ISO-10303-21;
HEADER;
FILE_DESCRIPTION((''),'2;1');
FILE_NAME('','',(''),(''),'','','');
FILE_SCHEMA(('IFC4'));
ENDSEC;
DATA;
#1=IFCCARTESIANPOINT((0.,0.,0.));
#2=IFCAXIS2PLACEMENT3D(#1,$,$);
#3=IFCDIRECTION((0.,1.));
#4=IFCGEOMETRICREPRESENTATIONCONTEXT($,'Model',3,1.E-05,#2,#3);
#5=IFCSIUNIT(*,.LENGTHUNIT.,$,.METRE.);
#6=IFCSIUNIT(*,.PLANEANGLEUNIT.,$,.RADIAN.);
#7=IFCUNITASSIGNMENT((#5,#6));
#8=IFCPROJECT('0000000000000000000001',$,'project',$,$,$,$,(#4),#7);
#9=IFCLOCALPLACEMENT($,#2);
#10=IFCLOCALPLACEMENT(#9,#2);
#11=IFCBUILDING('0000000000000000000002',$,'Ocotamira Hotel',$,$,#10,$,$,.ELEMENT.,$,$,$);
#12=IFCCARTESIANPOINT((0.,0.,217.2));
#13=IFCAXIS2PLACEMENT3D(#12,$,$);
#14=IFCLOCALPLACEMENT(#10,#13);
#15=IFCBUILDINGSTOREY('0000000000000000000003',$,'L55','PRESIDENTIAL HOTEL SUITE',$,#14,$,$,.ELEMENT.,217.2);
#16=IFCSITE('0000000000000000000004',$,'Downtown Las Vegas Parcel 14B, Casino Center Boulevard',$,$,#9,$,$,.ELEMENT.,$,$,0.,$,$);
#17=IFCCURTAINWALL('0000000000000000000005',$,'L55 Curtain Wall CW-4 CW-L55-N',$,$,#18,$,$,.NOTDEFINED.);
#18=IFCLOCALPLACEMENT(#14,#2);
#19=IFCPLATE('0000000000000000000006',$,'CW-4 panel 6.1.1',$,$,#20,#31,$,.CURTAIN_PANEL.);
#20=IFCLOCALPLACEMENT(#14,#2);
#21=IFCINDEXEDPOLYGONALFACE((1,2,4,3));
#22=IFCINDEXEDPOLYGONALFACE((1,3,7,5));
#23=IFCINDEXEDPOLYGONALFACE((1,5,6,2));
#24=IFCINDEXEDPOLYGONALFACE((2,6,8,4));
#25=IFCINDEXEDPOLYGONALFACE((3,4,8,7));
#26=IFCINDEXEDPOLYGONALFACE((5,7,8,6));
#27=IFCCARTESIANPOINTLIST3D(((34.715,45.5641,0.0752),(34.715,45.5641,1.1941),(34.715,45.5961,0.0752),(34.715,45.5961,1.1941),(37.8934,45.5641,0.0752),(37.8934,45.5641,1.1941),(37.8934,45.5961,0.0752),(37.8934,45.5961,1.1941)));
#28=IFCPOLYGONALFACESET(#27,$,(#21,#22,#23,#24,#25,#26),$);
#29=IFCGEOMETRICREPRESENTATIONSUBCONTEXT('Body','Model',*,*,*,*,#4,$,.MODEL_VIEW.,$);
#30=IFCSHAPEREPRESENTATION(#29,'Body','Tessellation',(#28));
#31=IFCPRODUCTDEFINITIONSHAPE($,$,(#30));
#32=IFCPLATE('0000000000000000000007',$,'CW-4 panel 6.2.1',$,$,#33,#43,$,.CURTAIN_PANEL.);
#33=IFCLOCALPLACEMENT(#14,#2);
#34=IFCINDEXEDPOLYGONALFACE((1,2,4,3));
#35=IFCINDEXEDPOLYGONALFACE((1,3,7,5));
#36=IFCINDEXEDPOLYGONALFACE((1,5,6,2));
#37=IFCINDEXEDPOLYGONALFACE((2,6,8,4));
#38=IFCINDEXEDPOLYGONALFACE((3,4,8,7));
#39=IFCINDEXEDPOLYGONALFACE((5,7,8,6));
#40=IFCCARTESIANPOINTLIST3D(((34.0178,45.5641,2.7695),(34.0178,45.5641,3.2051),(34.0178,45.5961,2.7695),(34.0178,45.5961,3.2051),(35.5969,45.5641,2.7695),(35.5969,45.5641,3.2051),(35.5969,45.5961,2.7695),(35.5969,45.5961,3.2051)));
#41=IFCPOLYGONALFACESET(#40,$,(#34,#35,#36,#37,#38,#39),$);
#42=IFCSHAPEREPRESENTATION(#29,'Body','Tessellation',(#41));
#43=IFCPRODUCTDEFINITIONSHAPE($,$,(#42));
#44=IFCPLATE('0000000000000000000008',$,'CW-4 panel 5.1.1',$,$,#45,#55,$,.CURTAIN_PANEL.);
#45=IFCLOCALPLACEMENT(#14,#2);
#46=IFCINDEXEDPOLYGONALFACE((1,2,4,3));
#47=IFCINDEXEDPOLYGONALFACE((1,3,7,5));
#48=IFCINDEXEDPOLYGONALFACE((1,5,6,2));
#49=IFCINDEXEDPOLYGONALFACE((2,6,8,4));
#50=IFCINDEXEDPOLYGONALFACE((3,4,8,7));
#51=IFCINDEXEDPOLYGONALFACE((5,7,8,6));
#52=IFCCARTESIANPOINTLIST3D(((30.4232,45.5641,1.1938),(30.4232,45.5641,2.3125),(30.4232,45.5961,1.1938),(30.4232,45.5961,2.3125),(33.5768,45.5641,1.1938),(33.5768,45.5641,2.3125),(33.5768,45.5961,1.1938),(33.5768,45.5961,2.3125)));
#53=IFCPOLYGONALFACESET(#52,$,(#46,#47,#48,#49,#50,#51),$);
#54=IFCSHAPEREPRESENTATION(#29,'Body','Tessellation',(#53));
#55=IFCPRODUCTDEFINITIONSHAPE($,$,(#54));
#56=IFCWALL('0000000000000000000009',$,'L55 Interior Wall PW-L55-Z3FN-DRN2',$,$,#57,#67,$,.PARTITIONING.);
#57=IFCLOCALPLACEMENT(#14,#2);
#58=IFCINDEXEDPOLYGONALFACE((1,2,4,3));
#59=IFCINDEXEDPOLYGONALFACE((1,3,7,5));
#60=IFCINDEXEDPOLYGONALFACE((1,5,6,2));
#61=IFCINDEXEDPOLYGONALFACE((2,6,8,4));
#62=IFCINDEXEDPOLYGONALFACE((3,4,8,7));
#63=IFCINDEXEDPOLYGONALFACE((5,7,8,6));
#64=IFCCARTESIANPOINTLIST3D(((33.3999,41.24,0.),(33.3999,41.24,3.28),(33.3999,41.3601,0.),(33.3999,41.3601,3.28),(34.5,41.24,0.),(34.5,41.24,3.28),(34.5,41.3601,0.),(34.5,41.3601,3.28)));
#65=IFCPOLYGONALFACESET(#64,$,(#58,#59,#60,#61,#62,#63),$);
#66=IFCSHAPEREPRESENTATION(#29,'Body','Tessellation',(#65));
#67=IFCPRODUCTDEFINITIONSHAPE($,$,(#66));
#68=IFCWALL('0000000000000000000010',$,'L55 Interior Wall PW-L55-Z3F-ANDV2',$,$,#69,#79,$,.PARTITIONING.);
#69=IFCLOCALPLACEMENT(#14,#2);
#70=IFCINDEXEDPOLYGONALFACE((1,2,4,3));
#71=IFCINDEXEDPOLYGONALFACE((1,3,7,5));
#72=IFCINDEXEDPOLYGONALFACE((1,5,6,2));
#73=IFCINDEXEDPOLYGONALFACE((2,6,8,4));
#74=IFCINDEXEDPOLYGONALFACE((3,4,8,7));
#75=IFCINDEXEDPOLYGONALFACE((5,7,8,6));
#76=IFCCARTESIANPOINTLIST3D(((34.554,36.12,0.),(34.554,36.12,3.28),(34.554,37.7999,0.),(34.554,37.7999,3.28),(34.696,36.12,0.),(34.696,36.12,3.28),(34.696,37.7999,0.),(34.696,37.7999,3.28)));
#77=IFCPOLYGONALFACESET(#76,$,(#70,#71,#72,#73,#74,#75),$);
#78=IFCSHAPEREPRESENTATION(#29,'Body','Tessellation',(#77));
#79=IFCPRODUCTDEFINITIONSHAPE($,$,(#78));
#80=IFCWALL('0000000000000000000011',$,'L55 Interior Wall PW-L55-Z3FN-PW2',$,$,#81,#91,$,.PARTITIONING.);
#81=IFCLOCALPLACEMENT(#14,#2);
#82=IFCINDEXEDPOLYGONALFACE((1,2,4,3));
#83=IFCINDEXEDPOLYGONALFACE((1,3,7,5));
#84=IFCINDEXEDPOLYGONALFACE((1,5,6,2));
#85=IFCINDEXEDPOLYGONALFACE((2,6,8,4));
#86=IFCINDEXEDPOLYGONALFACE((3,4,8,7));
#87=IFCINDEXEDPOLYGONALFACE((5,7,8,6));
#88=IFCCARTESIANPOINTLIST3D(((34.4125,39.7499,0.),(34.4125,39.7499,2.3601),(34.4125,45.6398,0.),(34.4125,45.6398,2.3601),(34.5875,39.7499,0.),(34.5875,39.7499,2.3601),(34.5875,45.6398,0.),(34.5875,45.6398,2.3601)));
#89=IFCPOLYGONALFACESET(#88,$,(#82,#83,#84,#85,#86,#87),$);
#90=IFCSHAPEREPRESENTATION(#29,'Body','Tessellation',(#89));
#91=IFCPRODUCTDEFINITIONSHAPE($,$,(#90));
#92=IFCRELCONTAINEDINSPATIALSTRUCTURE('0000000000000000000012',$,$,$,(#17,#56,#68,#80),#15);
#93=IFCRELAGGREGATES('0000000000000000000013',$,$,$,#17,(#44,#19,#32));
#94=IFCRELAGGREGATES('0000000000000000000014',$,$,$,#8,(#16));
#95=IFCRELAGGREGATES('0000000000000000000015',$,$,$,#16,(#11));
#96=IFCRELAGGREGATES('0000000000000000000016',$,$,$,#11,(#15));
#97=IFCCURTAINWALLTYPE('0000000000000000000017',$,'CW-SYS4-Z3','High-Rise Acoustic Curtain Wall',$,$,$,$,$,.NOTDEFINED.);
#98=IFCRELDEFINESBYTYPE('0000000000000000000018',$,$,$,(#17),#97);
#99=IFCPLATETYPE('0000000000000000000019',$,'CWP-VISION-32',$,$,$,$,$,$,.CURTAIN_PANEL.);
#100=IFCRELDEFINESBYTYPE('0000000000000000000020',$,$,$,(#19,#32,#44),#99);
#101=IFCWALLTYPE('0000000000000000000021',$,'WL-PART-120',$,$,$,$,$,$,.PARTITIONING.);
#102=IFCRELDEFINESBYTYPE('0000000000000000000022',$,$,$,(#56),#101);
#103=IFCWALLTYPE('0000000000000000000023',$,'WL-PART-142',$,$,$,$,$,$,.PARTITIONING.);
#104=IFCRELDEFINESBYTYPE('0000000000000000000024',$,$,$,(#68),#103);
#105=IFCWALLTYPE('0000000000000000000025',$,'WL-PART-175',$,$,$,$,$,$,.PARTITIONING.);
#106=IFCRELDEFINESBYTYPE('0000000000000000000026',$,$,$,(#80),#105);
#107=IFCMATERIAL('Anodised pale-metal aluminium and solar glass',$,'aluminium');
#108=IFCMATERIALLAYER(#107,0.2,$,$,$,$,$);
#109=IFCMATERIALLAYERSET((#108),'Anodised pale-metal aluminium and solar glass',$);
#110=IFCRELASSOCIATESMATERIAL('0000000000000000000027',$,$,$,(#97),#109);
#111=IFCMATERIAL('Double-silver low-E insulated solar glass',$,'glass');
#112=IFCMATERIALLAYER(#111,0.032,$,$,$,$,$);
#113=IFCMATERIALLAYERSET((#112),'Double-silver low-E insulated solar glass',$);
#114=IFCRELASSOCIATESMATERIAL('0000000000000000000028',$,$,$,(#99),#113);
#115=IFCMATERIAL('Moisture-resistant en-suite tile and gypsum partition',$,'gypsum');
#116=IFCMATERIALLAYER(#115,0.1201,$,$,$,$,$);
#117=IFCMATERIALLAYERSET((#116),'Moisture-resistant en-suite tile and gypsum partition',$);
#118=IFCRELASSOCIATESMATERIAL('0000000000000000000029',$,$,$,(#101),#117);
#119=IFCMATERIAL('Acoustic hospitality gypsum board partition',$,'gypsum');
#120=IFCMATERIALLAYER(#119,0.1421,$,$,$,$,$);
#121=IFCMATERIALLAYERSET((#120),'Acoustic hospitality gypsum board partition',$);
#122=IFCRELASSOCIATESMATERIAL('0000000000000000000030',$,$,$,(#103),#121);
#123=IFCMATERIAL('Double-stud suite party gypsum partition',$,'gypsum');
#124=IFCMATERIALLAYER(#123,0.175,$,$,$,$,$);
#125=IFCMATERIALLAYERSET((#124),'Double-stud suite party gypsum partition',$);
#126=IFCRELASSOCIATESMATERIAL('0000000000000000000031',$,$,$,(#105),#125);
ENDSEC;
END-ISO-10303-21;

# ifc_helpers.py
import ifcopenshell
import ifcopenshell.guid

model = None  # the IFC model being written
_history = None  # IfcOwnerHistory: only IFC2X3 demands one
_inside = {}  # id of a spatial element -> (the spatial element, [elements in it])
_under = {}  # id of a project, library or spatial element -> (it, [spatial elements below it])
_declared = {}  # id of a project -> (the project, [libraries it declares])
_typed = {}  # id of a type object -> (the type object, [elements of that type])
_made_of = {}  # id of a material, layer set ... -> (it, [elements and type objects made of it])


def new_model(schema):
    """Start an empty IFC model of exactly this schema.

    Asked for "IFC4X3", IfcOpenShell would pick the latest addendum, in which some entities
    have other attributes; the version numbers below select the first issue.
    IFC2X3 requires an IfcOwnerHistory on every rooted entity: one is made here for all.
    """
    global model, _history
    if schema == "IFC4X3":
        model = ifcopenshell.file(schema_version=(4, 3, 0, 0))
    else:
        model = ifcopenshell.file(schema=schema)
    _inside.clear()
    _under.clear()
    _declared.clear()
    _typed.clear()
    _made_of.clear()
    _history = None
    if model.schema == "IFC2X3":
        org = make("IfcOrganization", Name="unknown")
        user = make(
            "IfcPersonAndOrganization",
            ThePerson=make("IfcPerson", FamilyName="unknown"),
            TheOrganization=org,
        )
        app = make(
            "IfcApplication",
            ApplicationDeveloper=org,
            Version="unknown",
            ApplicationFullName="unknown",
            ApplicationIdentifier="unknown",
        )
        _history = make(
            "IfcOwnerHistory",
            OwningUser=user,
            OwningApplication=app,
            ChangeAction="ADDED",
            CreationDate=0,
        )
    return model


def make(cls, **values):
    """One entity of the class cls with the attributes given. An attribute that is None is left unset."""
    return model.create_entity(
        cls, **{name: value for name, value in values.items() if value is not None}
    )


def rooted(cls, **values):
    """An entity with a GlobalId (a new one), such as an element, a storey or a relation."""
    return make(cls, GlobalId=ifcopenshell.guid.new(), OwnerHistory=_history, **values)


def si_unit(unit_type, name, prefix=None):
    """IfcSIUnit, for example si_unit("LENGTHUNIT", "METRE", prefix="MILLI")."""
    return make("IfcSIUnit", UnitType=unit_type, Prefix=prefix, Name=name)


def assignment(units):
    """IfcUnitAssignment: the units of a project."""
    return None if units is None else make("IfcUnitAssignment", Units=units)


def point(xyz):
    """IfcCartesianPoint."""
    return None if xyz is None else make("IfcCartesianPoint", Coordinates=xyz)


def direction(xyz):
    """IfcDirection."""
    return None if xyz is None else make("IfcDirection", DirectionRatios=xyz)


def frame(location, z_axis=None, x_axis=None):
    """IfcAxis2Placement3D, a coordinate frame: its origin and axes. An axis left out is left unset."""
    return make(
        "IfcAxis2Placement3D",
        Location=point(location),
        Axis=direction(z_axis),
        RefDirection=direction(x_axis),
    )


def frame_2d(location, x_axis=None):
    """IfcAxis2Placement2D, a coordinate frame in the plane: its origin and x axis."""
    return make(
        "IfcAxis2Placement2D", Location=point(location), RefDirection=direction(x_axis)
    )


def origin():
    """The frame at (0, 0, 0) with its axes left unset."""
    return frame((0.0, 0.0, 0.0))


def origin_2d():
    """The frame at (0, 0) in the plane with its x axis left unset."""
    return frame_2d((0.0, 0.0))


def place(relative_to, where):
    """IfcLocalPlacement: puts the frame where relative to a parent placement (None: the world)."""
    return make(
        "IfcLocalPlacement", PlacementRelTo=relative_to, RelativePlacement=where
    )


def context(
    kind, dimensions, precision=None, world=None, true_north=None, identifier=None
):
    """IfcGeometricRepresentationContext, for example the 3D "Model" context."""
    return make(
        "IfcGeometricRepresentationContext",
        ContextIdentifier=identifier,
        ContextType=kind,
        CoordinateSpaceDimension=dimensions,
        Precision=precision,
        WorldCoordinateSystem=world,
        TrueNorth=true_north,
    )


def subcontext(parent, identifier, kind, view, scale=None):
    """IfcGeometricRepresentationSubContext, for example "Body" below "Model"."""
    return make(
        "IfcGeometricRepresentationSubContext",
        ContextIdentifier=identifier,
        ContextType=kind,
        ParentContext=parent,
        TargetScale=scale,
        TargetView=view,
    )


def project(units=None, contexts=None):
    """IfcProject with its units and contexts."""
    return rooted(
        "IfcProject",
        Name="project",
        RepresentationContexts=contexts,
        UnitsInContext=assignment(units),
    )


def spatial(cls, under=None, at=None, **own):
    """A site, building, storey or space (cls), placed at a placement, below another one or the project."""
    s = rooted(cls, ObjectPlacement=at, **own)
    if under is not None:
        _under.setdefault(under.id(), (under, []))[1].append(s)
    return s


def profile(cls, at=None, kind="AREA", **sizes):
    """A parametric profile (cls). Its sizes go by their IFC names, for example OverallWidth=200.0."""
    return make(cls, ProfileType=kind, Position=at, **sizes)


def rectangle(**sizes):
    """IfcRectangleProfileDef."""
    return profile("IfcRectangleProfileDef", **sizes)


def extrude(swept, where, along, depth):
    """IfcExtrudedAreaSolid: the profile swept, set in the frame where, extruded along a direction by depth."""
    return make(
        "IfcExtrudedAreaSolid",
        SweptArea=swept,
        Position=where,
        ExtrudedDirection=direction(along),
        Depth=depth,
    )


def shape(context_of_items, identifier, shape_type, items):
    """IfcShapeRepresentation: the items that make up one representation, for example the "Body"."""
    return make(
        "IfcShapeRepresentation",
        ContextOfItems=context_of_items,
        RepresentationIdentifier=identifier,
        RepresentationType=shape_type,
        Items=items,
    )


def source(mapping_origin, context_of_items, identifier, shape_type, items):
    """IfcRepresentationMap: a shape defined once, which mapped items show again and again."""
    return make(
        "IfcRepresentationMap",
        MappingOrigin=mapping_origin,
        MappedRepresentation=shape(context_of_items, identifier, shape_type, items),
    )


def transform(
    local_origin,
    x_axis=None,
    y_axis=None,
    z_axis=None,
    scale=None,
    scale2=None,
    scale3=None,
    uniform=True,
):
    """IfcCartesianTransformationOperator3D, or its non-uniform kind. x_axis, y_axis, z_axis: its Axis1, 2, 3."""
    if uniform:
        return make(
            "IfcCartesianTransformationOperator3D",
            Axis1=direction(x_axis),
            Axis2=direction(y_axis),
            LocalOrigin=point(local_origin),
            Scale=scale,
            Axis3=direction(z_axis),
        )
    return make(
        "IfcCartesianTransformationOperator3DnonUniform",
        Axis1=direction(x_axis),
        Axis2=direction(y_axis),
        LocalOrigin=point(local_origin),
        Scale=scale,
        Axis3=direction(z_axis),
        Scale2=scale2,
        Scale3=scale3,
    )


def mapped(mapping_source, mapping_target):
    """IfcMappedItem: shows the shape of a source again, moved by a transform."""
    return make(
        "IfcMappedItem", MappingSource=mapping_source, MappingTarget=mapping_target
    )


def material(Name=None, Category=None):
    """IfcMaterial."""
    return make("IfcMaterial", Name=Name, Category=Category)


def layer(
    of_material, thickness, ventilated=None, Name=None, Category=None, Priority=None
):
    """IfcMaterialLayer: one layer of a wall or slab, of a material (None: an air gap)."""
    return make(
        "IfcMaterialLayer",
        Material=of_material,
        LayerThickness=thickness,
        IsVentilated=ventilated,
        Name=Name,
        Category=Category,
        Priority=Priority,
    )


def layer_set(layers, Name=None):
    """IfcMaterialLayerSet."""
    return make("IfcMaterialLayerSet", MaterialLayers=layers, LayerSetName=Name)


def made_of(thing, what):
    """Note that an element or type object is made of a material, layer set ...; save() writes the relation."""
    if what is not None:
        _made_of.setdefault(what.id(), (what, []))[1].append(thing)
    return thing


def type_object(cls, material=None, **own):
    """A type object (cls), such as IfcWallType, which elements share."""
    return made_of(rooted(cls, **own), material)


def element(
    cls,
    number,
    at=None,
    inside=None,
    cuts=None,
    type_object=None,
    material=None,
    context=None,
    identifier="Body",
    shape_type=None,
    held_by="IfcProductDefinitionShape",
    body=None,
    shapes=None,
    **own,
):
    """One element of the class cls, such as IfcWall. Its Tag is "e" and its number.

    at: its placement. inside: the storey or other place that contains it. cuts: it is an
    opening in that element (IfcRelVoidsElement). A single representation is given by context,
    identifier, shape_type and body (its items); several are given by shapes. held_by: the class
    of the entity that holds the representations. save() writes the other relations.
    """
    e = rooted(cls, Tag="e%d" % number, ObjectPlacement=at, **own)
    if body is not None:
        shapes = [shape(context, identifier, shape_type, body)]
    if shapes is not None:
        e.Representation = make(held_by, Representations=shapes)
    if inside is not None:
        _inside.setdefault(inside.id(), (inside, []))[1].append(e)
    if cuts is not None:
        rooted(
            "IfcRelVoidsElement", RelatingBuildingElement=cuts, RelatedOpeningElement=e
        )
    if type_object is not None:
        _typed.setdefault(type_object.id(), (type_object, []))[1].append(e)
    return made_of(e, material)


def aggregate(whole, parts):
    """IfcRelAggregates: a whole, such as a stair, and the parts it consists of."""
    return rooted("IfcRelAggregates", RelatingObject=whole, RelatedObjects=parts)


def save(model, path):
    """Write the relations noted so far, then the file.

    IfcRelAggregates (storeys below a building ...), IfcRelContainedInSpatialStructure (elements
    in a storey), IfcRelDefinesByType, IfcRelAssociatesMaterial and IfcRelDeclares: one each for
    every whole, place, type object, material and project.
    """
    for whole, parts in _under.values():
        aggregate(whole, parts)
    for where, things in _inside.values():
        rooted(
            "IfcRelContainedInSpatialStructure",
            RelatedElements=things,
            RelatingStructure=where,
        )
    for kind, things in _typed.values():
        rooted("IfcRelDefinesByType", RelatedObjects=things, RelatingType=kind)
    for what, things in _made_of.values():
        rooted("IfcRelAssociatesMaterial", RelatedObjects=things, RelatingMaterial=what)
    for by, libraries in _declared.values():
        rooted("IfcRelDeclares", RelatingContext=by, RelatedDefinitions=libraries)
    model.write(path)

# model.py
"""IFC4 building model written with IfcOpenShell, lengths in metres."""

from ifc_helpers import new_model, si_unit, direction, frame, frame_2d, origin, origin_2d, place, context, subcontext, project, spatial, rectangle, extrude, source, transform, mapped, material, layer, layer_set, type_object, element, aggregate, save


model = new_model("IFC4")

# Units and contexts
model_context = context("Model", 3, precision=1e-05, world=origin(), true_north=direction((0.0, 1.0)))
body_context = subcontext(model_context, "Body", "Model", "MODEL_VIEW")
ifc_project = project(units=[si_unit("LENGTHUNIT", "METRE"), si_unit("PLANEANGLEUNIT", "RADIAN")], contexts=[model_context])

# Site, building, storey
site_placement = place(None, origin())
site = spatial("IfcSite", under=ifc_project, at=site_placement, Name="Downtown Las Vegas Parcel 14B, Casino Center Boulevard", CompositionType="ELEMENT", RefElevation=0.0)
building_placement = place(site_placement, origin())
building = spatial("IfcBuilding", under=site, at=building_placement, Name="Ocotamira Hotel", CompositionType="ELEMENT")
storey_placement = place(building_placement, frame((0.0, 0.0, 217.2)))
storey = spatial("IfcBuildingStorey", under=building, at=storey_placement, Name="L55", Description="PRESIDENTIAL HOTEL SUITE", CompositionType="ELEMENT", Elevation=217.2)

# Curtain wall
ifc_material_1 = material(Name="Anodised pale-metal aluminium and solar glass", Category="aluminium")
ifc_layer_1 = layer(ifc_material_1, 0.2)
ifc_layer_set_1 = layer_set([ifc_layer_1], Name="Anodised pale-metal aluminium and solar glass")
curtain_wall_type = type_object("IfcCurtainWallType", Name="CW-SYS4-Z3", Description="High-Rise Acoustic Curtain Wall", PredefinedType="NOTDEFINED", material=ifc_layer_set_1)
curtain_wall_placement = place(storey_placement, origin())
curtain_wall = element("IfcCurtainWall", 1, at=curtain_wall_placement, inside=storey, type_object=curtain_wall_type, Name="L55 Curtain Wall CW-4 CW-L55-N", PredefinedType="NOTDEFINED")

# Plates
ifc_material_2 = material(Name="Double-silver low-E insulated solar glass", Category="glass")
ifc_layer_2 = layer(ifc_material_2, 0.032)
ifc_layer_set_2 = layer_set([ifc_layer_2], Name="Double-silver low-E insulated solar glass")
plate_type_1 = type_object("IfcPlateType", Name="CWP-VISION-32", PredefinedType="CURTAIN_PANEL", material=ifc_layer_set_2)
shared_shape_1 = source(origin(), body_context, "Body", "SweptSolid", [
    extrude(rectangle(XDim=3.1785, YDim=0.032, at=origin_2d()), origin(), (0.0, 0.0, 1.0), 1.1189),
])
plate_1_placement = place(storey_placement, frame((36.3042, 45.5801, 0.0752), z_axis=(0.0, 0.0, 1.0), x_axis=(1.0, 0.0, 0.0)))
plate_1 = element("IfcPlate", 2, at=plate_1_placement, type_object=plate_type_1, Name="CW-4 panel 6.1.1", PredefinedType="CURTAIN_PANEL", context=body_context, shape_type="MappedRepresentation", body=[
    mapped(shared_shape_1, transform((0.0, 0.0, 0.0), scale=1.0)),
])
shared_shape_2 = source(origin(), body_context, "Body", "SweptSolid", [
    extrude(rectangle(XDim=1.5791, YDim=0.032, at=origin_2d()), origin(), (0.0, 0.0, 1.0), 0.4355),
])
plate_2_placement = place(storey_placement, frame((34.8074, 45.5801, 2.7695), z_axis=(0.0, 0.0, 1.0), x_axis=(1.0, 0.0, 0.0)))
plate_2 = element("IfcPlate", 3, at=plate_2_placement, type_object=plate_type_1, Name="CW-4 panel 6.2.1", PredefinedType="CURTAIN_PANEL", context=body_context, shape_type="MappedRepresentation", body=[
    mapped(shared_shape_2, transform((0.0, 0.0, 0.0), scale=1.0)),
])
shared_shape_3 = source(origin(), body_context, "Body", "SweptSolid", [
    extrude(rectangle(XDim=3.1536, YDim=0.032, at=origin_2d()), origin(), (0.0, 0.0, 1.0), 1.1187),
])
plate_3_placement = place(storey_placement, frame((32.0, 45.5801, 1.1938), z_axis=(0.0, 0.0, 1.0), x_axis=(1.0, 0.0, 0.0)))
plate_3 = element("IfcPlate", 4, at=plate_3_placement, type_object=plate_type_1, Name="CW-4 panel 5.1.1", PredefinedType="CURTAIN_PANEL", context=body_context, shape_type="MappedRepresentation", body=[
    mapped(shared_shape_3, transform((0.0, 0.0, 0.0), scale=1.0)),
])
aggregate(curtain_wall, [plate_3, plate_1, plate_2])

# Walls
ifc_material_3 = material(Name="Moisture-resistant en-suite tile and gypsum partition", Category="gypsum")
ifc_layer_3 = layer(ifc_material_3, 0.1201)
ifc_layer_set_3 = layer_set([ifc_layer_3], Name="Moisture-resistant en-suite tile and gypsum partition")
wall_type_1 = type_object("IfcWallType", Name="WL-PART-120", PredefinedType="PARTITIONING", material=ifc_layer_set_3)
wall_1_placement = place(storey_placement, frame((33.3999, 41.3, 0.0), z_axis=(0.0, 0.0, 1.0), x_axis=(1.0, 0.0, 0.0)))
element("IfcWall", 5, at=wall_1_placement, inside=storey, type_object=wall_type_1, Name="L55 Interior Wall PW-L55-Z3FN-DRN2", PredefinedType="PARTITIONING", context=body_context, shape_type="SweptSolid", body=[
    extrude(rectangle(XDim=1.1001, YDim=0.1201, at=frame_2d((0.55, 0.0))), origin(), (0.0, 0.0, 1.0), 3.28),
])
ifc_material_4 = material(Name="Acoustic hospitality gypsum board partition", Category="gypsum")
ifc_layer_4 = layer(ifc_material_4, 0.1421)
ifc_layer_set_4 = layer_set([ifc_layer_4], Name="Acoustic hospitality gypsum board partition")
wall_type_2 = type_object("IfcWallType", Name="WL-PART-142", PredefinedType="PARTITIONING", material=ifc_layer_set_4)
wall_2_placement = place(storey_placement, frame((34.625, 36.1201, 0.0), z_axis=(0.0, 0.0, 1.0), x_axis=(0.0, 1.0, 0.0)))
element("IfcWall", 6, at=wall_2_placement, inside=storey, type_object=wall_type_2, Name="L55 Interior Wall PW-L55-Z3F-ANDV2", PredefinedType="PARTITIONING", context=body_context, shape_type="SweptSolid", body=[
    extrude(rectangle(XDim=1.6799, YDim=0.1421, at=frame_2d((0.8398, 0.0))), origin(), (0.0, 0.0, 1.0), 3.28),
])
ifc_material_5 = material(Name="Double-stud suite party gypsum partition", Category="gypsum")
ifc_layer_5 = layer(ifc_material_5, 0.175)
ifc_layer_set_5 = layer_set([ifc_layer_5], Name="Double-stud suite party gypsum partition")
wall_type_3 = type_object("IfcWallType", Name="WL-PART-175", PredefinedType="PARTITIONING", material=ifc_layer_set_5)
wall_3_placement = place(storey_placement, frame((34.5, 39.75, 0.0), z_axis=(0.0, 0.0, 1.0), x_axis=(0.0, 1.0, 0.0)))
element("IfcWall", 7, at=wall_3_placement, inside=storey, type_object=wall_type_3, Name="L55 Interior Wall PW-L55-Z3FN-PW2", PredefinedType="PARTITIONING", context=body_context, shape_type="SweptSolid", body=[
    extrude(rectangle(XDim=5.8899, YDim=0.175, at=frame_2d((2.9448, 0.0))), origin(), (0.0, 0.0, 1.0), 2.3601),
])

save(model, "model.ifc")
